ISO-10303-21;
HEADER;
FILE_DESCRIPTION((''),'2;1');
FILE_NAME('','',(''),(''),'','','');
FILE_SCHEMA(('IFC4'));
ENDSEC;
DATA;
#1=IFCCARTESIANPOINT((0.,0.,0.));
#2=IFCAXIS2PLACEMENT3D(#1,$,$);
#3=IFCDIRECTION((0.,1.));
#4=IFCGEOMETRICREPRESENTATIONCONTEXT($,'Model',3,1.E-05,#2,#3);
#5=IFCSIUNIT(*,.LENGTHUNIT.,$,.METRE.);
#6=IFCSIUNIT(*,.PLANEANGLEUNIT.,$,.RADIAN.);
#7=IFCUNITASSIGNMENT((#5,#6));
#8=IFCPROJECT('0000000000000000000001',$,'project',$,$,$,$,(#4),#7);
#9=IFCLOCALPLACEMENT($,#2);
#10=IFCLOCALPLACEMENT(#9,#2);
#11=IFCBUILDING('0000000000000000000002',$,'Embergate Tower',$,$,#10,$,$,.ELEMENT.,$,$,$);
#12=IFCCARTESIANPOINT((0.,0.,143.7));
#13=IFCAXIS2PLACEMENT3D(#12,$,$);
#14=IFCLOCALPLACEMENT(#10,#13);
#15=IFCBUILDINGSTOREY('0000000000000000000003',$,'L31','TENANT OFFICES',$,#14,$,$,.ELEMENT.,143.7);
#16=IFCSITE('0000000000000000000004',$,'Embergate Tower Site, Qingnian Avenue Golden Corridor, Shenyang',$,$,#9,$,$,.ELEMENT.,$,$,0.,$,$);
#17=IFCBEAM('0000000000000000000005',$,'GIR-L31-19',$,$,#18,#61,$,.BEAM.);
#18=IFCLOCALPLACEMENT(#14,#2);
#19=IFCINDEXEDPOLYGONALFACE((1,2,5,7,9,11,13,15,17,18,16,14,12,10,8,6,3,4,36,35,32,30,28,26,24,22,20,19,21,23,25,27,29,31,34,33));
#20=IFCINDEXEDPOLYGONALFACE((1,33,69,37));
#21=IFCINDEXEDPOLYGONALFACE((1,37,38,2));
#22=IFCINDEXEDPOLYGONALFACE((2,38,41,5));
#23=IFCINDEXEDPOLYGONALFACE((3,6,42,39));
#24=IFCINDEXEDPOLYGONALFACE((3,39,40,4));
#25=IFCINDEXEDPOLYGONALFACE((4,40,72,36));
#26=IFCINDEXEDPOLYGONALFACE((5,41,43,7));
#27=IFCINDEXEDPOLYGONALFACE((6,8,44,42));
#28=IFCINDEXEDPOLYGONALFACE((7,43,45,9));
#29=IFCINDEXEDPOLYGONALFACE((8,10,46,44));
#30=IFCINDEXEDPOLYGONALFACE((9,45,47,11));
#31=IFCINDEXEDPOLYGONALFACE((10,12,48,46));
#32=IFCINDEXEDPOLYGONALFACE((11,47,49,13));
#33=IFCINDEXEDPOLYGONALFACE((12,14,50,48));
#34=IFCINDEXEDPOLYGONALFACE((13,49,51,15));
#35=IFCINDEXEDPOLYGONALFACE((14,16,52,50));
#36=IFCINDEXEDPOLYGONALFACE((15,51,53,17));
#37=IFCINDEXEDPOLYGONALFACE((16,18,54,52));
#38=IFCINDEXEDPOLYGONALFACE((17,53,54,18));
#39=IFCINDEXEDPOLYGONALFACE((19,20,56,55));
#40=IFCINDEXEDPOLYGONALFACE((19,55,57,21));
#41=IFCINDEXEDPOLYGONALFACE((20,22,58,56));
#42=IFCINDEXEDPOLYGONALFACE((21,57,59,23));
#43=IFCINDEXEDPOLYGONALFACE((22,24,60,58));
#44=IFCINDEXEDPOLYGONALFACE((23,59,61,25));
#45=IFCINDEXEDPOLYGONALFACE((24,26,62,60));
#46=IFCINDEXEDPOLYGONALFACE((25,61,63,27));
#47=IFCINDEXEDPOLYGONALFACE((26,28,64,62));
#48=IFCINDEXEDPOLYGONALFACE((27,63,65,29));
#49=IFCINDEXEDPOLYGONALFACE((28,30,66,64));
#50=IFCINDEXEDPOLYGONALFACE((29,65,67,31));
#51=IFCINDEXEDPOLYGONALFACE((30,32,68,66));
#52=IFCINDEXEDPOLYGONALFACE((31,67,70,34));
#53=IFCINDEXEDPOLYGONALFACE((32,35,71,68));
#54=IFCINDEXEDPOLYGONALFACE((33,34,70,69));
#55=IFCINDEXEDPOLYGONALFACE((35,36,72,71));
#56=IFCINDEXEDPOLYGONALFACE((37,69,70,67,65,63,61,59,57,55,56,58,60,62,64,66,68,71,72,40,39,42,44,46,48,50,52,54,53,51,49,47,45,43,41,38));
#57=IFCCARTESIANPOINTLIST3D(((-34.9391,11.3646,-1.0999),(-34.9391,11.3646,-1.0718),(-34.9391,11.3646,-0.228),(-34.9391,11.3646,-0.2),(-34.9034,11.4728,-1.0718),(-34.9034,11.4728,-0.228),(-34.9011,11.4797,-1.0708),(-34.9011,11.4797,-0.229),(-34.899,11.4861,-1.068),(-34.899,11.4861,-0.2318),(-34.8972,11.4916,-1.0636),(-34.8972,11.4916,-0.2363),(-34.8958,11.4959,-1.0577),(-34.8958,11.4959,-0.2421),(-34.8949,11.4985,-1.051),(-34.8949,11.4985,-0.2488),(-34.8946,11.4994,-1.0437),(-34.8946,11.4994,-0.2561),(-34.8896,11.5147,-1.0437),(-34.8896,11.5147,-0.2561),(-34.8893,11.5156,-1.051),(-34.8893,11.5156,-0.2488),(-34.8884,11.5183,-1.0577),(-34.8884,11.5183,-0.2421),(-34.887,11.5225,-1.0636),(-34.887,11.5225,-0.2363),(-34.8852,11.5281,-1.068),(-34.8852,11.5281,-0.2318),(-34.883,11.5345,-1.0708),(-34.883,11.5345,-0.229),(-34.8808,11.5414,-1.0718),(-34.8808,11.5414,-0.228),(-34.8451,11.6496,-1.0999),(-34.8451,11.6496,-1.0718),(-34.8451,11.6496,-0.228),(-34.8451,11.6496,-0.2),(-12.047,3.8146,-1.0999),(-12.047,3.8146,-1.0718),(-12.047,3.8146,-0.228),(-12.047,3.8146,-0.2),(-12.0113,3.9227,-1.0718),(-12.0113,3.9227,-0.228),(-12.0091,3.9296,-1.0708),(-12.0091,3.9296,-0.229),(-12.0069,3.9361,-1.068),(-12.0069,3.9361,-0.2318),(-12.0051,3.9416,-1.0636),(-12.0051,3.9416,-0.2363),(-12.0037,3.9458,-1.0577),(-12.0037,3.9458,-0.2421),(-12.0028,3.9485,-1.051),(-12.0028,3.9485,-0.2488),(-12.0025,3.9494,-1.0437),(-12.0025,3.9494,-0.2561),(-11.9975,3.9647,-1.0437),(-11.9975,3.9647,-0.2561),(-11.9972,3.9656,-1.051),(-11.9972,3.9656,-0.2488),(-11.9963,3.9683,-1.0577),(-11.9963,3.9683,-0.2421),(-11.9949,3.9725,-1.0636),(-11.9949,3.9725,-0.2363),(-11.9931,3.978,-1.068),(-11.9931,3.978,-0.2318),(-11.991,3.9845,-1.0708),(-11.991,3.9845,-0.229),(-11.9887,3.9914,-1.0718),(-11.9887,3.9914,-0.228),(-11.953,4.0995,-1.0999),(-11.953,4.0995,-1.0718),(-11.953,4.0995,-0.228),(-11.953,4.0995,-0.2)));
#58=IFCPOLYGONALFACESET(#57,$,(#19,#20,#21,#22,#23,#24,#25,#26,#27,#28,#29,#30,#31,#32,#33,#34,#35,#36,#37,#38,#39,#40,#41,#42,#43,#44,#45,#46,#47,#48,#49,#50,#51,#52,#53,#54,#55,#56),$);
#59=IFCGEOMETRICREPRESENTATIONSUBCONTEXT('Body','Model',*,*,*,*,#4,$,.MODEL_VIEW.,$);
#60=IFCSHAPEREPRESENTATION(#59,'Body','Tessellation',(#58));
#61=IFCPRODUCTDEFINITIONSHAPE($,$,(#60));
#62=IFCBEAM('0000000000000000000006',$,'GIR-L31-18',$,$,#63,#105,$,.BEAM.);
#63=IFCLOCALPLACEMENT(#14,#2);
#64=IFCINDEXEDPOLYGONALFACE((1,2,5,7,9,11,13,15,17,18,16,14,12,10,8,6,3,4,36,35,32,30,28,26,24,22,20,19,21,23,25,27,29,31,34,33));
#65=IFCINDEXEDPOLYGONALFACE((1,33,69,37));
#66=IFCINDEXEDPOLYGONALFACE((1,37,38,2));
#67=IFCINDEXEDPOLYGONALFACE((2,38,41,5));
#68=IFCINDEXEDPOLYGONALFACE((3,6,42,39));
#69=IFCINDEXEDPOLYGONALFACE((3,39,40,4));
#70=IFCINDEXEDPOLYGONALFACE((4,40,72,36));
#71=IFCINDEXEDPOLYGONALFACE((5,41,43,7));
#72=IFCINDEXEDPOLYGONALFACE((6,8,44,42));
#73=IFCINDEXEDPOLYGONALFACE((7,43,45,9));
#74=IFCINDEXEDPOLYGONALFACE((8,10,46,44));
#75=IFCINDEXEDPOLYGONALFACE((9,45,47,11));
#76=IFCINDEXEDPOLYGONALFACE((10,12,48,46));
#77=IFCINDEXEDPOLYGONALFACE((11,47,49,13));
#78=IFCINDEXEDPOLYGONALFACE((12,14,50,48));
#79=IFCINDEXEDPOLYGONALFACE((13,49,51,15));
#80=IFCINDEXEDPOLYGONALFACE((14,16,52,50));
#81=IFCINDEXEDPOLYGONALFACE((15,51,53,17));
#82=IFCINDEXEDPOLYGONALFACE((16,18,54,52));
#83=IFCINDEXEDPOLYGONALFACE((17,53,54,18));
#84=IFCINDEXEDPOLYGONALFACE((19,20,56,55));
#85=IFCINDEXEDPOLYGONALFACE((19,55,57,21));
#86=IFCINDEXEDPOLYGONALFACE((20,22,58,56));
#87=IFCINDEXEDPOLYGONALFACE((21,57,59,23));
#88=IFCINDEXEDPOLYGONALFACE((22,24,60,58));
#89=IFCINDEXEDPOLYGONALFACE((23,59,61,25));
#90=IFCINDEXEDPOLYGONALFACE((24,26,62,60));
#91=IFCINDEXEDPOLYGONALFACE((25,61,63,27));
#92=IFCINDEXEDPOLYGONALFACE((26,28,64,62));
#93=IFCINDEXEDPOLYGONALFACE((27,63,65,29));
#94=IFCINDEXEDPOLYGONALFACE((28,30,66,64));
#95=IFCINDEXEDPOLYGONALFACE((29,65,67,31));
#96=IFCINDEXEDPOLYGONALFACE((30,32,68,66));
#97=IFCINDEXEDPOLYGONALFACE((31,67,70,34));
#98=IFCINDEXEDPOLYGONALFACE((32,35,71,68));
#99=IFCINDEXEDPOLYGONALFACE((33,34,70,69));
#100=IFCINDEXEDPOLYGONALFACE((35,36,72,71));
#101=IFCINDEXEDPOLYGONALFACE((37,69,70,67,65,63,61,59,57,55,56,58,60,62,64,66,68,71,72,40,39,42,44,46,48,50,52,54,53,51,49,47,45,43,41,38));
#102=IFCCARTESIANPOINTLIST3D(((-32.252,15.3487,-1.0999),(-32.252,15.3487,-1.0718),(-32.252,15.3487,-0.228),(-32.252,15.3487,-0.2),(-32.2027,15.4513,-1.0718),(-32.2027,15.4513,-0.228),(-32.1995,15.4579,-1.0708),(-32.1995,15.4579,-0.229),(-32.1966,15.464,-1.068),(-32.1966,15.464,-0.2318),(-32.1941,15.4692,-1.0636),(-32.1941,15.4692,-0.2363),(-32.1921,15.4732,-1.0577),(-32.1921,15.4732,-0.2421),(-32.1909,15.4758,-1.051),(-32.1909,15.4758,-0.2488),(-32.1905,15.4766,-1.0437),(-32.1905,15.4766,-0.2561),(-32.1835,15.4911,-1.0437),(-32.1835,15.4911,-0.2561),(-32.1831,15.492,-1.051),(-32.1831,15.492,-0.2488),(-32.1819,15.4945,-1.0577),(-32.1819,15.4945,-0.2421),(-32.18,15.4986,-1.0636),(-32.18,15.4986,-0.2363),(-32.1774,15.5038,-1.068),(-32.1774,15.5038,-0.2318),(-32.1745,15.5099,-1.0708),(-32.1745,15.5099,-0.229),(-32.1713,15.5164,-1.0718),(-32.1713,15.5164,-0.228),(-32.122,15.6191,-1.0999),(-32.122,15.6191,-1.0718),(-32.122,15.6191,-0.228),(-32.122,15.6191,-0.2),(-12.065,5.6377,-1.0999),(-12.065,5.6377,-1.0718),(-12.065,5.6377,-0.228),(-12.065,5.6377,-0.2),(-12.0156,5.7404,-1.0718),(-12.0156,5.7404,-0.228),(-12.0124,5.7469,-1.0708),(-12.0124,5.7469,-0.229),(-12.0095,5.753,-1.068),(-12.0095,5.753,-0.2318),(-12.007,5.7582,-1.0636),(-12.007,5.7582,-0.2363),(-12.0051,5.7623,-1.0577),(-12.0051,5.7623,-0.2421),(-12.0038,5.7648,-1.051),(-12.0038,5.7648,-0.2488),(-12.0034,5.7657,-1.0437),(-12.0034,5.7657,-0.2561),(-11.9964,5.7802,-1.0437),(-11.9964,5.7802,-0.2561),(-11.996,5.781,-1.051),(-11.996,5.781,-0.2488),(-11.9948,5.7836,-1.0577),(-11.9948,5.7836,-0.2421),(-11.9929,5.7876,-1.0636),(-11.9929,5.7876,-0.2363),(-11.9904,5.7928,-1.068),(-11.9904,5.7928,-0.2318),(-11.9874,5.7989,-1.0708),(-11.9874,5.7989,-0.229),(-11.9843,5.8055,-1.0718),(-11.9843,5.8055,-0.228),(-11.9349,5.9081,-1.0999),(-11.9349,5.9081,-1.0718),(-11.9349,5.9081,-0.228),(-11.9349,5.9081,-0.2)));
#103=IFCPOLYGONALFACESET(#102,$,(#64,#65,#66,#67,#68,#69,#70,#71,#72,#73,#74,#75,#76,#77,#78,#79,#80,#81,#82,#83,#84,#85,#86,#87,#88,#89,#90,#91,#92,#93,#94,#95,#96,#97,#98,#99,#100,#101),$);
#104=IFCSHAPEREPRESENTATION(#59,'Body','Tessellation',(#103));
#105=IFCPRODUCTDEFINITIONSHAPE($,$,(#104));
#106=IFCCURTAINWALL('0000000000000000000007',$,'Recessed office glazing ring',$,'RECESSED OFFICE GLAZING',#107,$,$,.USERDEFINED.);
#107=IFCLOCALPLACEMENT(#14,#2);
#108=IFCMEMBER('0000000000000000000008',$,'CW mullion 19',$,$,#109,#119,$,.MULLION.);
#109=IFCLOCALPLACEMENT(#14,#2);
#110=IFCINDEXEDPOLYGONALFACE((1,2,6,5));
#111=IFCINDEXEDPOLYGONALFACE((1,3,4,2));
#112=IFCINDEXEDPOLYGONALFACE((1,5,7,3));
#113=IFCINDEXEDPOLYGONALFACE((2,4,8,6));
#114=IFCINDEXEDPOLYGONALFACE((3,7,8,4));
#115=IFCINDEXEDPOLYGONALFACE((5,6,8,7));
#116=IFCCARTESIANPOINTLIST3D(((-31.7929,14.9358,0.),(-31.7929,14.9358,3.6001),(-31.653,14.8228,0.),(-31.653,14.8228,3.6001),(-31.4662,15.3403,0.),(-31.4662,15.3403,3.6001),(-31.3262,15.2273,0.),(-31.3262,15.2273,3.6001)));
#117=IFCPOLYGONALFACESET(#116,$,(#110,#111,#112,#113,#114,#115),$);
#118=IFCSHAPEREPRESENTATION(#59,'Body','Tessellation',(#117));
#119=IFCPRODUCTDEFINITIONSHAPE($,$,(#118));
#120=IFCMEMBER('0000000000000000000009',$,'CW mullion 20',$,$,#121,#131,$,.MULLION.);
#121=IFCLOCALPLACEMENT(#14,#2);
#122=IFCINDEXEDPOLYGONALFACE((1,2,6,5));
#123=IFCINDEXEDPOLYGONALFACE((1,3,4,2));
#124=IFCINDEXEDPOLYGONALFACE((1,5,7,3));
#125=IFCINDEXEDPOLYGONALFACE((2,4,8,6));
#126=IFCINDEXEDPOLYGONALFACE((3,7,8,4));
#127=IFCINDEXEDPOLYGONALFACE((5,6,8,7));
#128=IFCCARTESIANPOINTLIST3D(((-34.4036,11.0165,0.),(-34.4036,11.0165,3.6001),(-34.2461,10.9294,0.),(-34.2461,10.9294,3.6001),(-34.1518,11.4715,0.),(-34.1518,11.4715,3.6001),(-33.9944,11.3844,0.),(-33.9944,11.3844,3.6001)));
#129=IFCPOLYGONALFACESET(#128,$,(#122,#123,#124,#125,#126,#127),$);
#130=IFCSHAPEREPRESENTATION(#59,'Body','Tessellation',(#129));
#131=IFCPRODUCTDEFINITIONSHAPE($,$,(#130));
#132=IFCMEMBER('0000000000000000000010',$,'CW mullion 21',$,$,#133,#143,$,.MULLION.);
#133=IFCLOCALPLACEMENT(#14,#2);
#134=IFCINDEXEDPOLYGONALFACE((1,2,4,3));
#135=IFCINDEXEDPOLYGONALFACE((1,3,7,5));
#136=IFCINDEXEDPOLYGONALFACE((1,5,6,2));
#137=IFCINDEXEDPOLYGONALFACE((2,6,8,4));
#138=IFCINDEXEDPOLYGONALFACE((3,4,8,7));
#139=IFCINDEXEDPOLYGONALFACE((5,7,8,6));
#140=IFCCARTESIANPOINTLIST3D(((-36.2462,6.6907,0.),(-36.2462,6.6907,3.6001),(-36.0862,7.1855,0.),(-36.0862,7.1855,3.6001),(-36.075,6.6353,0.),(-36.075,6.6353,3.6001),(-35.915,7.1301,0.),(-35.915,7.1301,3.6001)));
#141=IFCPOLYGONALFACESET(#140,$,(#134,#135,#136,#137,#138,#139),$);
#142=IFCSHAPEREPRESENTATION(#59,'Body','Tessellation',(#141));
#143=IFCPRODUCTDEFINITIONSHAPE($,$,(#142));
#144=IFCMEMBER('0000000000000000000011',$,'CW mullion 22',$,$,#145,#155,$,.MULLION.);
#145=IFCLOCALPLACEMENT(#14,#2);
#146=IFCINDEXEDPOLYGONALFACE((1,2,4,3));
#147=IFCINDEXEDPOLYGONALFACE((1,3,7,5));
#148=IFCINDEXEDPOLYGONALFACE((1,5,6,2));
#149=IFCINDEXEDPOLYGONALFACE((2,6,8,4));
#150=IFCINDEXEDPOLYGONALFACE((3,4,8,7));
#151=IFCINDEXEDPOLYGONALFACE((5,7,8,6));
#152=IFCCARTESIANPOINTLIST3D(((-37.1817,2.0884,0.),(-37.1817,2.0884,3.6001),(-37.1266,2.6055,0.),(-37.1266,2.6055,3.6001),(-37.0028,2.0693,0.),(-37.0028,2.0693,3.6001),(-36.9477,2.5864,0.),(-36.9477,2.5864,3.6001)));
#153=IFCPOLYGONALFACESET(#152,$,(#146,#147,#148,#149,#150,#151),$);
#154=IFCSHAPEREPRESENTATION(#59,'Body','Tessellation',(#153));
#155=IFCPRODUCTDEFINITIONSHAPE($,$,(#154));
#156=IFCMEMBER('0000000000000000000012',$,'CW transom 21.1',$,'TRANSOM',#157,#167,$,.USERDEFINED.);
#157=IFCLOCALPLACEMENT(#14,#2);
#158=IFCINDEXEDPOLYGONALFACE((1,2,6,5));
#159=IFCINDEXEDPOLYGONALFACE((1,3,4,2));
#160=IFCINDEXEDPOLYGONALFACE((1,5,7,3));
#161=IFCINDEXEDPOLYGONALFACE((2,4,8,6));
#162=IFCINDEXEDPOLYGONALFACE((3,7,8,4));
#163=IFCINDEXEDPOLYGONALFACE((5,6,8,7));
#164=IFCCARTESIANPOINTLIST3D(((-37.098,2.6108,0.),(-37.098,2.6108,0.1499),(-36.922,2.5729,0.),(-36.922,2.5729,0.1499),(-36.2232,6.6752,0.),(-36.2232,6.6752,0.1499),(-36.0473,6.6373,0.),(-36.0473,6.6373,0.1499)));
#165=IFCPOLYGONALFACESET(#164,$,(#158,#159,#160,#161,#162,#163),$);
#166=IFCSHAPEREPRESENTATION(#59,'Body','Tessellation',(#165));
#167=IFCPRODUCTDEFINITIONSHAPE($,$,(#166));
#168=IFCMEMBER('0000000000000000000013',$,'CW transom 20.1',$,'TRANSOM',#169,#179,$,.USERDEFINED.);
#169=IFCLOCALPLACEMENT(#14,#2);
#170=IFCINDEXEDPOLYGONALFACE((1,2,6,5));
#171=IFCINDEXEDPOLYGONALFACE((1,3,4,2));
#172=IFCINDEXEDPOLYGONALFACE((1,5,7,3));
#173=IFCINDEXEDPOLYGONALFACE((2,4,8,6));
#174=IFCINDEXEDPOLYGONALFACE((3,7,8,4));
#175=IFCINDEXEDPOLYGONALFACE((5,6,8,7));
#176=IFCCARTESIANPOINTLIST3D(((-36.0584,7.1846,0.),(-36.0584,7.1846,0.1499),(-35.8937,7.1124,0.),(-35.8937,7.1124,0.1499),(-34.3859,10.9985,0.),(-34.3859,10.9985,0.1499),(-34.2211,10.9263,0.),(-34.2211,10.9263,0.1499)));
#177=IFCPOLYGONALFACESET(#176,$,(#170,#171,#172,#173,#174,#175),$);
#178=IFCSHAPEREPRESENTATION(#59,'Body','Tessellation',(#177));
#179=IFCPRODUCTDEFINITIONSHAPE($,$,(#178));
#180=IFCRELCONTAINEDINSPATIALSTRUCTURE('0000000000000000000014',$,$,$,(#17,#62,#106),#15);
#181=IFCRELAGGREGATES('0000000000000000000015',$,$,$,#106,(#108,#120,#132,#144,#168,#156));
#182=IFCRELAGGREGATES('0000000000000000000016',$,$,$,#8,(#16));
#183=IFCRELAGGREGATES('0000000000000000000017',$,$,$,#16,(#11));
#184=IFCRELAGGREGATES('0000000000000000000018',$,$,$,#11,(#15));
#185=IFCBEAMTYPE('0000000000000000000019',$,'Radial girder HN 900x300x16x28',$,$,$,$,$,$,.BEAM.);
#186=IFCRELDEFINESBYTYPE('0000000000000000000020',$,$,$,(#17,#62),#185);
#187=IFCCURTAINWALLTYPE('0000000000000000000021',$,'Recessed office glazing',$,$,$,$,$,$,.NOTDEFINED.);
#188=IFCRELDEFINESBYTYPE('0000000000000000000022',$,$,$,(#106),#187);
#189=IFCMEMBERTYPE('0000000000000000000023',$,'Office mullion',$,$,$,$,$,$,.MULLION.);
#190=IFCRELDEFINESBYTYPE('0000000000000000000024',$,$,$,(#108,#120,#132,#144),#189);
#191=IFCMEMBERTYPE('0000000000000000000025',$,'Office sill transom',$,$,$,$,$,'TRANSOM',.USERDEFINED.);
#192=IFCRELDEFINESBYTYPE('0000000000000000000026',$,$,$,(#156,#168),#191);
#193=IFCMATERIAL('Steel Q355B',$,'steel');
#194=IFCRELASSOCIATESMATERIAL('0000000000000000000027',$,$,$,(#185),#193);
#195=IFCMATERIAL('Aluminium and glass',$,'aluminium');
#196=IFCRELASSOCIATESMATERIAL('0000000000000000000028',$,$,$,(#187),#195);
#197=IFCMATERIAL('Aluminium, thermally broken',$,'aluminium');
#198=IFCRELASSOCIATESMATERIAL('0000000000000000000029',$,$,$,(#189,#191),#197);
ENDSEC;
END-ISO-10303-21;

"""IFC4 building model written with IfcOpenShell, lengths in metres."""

from ifc_helpers import new_model, si_unit, direction, frame, origin, origin_2d, place, context, subcontext, project, spatial, rectangle, i_section, extrude, source, transform, mapped, material, material_profile, profile_set, type_object, element, aggregate, save


model = new_model("IFC4")

# Units and contexts
model_context = context("Model", 3, precision=1e-05, world=origin(), true_north=direction((0.0, 1.0)))
body_context = subcontext(model_context, "Body", "Model", "MODEL_VIEW")
ifc_project = project(units=[si_unit("LENGTHUNIT", "METRE"), si_unit("PLANEANGLEUNIT", "RADIAN")], contexts=[model_context])

# Site, building, storey
site_placement = place(None, origin())
site = spatial("IfcSite", under=ifc_project, at=site_placement, Name="Embergate Tower Site, Qingnian Avenue Golden Corridor, Shenyang", CompositionType="ELEMENT", RefElevation=0.0)
building_placement = place(site_placement, origin())
building = spatial("IfcBuilding", under=site, at=building_placement, Name="Embergate Tower", CompositionType="ELEMENT")
storey_placement = place(building_placement, frame((0.0, 0.0, 143.7)))
storey = spatial("IfcBuildingStorey", under=building, at=storey_placement, Name="L31", Description="TENANT OFFICES", CompositionType="ELEMENT", Elevation=143.7)

# Beams
ifc_material_1 = material(Name="Steel Q355B", Category="steel")
ifc_material_profile_1 = material_profile(ifc_material_1, i_section(OverallWidth=0.3, OverallDepth=0.8999, WebThickness=0.0161, FlangeThickness=0.0281, FilletRadius=0.0281, at=origin_2d()), Name="HN 900x300x16x28")
ifc_profile_set_1 = profile_set([ifc_material_profile_1], Name="Steel Q355 grade B")
beam_type_1 = type_object("IfcBeamType", Name="Radial girder HN 900x300x16x28", PredefinedType="BEAM", material=ifc_profile_set_1)
shared_shape_1 = source(origin(), body_context, "Body", "SweptSolid", [
    extrude(i_section(OverallWidth=0.3, OverallDepth=0.8999, WebThickness=0.0161, FlangeThickness=0.0281, FilletRadius=0.0281, at=origin_2d()), origin(), (0.0, 0.0, 1.0), 24.105),
])
beam_1_placement = place(storey_placement, frame((-34.8921, 11.5071, -0.6499), z_axis=(0.949682, -0.313215, 0.0), x_axis=(0.313215, 0.949682, 0.0)))
element("IfcBeam", 1, at=beam_1_placement, inside=storey, type_object=beam_type_1, Name="GIR-L31-19", PredefinedType="BEAM", context=body_context, shape_type="MappedRepresentation", body=[
    mapped(shared_shape_1, transform((0.0, 0.0, 0.0))),
])
shared_shape_2 = source(origin(), body_context, "Body", "SweptSolid", [
    extrude(i_section(OverallWidth=0.3, OverallDepth=0.8999, WebThickness=0.0161, FlangeThickness=0.0281, FilletRadius=0.0281, at=origin_2d()), origin(), (0.0, 0.0, 1.0), 22.4014),
])
beam_2_placement = place(storey_placement, frame((-32.187, 15.4839, -0.6499), z_axis=(0.901154, -0.433499, 0.0), x_axis=(0.433499, 0.901154, 0.0)))
element("IfcBeam", 2, at=beam_2_placement, inside=storey, type_object=beam_type_1, Name="GIR-L31-18", PredefinedType="BEAM", context=body_context, shape_type="MappedRepresentation", body=[
    mapped(shared_shape_2, transform((0.0, 0.0, 0.0))),
])

# Curtain wall, members
ifc_material_2 = material(Name="Aluminium and glass", Category="aluminium")
curtain_wall_type = type_object("IfcCurtainWallType", Name="Recessed office glazing", PredefinedType="NOTDEFINED", material=ifc_material_2)
curtain_wall_placement = place(storey_placement, origin())
curtain_wall = element("IfcCurtainWall", 3, at=curtain_wall_placement, inside=storey, type_object=curtain_wall_type, Name="Recessed office glazing ring", ObjectType="RECESSED OFFICE GLAZING", PredefinedType="USERDEFINED")
ifc_material_3 = material(Name="Aluminium, thermally broken", Category="aluminium")
ifc_material_profile_2 = material_profile(ifc_material_3, rectangle(XDim=0.1799, YDim=0.52, at=origin_2d()), Name="AL 520x180")
ifc_profile_set_2 = profile_set([ifc_material_profile_2], Name="Aluminium, thermally broken")
member_type_1 = type_object("IfcMemberType", Name="Office mullion", PredefinedType="MULLION", material=ifc_profile_set_2)
shared_shape_3 = source(origin(), body_context, "Body", "SweptSolid", [
    extrude(rectangle(XDim=0.1799, YDim=0.52, at=origin_2d()), origin(), (0.0, 0.0, 1.0), 3.6001),
])
member_1_placement = place(storey_placement, frame((-31.5596, 15.0815, 0.0), z_axis=(0.0, 0.0, 1.0), x_axis=(0.777867, -0.628429, 0.0)))
member_1 = element("IfcMember", 4, at=member_1_placement, type_object=member_type_1, Name="CW mullion 19", PredefinedType="MULLION", context=body_context, shape_type="MappedRepresentation", body=[
    mapped(shared_shape_3, transform((0.0, 0.0, 0.0))),
])
member_2_placement = place(storey_placement, frame((-34.199, 11.2004, 0.0), z_axis=(0.0, 0.0, 1.0), x_axis=(0.874999, -0.484126, 0.0)))
member_2 = element("IfcMember", 5, at=member_2_placement, type_object=member_type_1, Name="CW mullion 20", PredefinedType="MULLION", context=body_context, shape_type="MappedRepresentation", body=[
    mapped(shared_shape_3, transform((0.0, 0.0, 0.0))),
])
member_3_placement = place(storey_placement, frame((-36.0806, 6.9104, 0.0), z_axis=(0.0, 0.0, 1.0), x_axis=(0.951496, -0.307661, 0.0)))
member_3 = element("IfcMember", 6, at=member_3_placement, type_object=member_type_1, Name="CW mullion 21", PredefinedType="MULLION", context=body_context, shape_type="MappedRepresentation", body=[
    mapped(shared_shape_3, transform((0.0, 0.0, 0.0))),
])
member_4_placement = place(storey_placement, frame((-37.0647, 2.3374, 0.0), z_axis=(0.0, 0.0, 1.0), x_axis=(0.994385, -0.105825, 0.0)))
member_4 = element("IfcMember", 7, at=member_4_placement, type_object=member_type_1, Name="CW mullion 22", PredefinedType="MULLION", context=body_context, shape_type="MappedRepresentation", body=[
    mapped(shared_shape_3, transform((0.0, 0.0, 0.0))),
])
ifc_material_profile_3 = material_profile(ifc_material_3, rectangle(XDim=0.1799, YDim=0.1499, at=origin_2d()), Name="AL 150x180")
ifc_profile_set_3 = profile_set([ifc_material_profile_3], Name="Aluminium, thermally broken")
member_type_2 = type_object("IfcMemberType", Name="Office sill transom", ElementType="TRANSOM", PredefinedType="USERDEFINED", material=ifc_profile_set_3)
shared_shape_4 = source(origin(), body_context, "Body", "SweptSolid", [
    extrude(rectangle(XDim=0.1799, YDim=0.1499, at=origin_2d()), origin(), (0.0, 0.0, 1.0), 4.1575),
])
member_5_placement = place(storey_placement, frame((-36.1353, 6.6562, 0.075), z_axis=(-0.210403, -0.977615, 0.0), x_axis=(0.977615, -0.210403, 0.0)))
member_5 = element("IfcMember", 8, at=member_5_placement, type_object=member_type_2, Name="CW transom 21.1", ObjectType="TRANSOM", PredefinedType="USERDEFINED", context=body_context, shape_type="MappedRepresentation", body=[
    mapped(shared_shape_4, transform((0.0, 0.0, 0.0))),
])
shared_shape_5 = source(origin(), body_context, "Body", "SweptSolid", [
    extrude(rectangle(XDim=0.1799, YDim=0.1499, at=origin_2d()), origin(), (0.0, 0.0, 1.0), 4.1646),
])
member_6_placement = place(storey_placement, frame((-34.3035, 10.9624, 0.075), z_axis=(-0.401624, -0.915804, 0.0), x_axis=(0.915804, -0.401624, 0.0)))
member_6 = element("IfcMember", 9, at=member_6_placement, type_object=member_type_2, Name="CW transom 20.1", ObjectType="TRANSOM", PredefinedType="USERDEFINED", context=body_context, shape_type="MappedRepresentation", body=[
    mapped(shared_shape_5, transform((0.0, 0.0, 0.0))),
])
aggregate(curtain_wall, [member_1, member_2, member_3, member_4, member_6, member_5])

save(model, "model.ifc")
